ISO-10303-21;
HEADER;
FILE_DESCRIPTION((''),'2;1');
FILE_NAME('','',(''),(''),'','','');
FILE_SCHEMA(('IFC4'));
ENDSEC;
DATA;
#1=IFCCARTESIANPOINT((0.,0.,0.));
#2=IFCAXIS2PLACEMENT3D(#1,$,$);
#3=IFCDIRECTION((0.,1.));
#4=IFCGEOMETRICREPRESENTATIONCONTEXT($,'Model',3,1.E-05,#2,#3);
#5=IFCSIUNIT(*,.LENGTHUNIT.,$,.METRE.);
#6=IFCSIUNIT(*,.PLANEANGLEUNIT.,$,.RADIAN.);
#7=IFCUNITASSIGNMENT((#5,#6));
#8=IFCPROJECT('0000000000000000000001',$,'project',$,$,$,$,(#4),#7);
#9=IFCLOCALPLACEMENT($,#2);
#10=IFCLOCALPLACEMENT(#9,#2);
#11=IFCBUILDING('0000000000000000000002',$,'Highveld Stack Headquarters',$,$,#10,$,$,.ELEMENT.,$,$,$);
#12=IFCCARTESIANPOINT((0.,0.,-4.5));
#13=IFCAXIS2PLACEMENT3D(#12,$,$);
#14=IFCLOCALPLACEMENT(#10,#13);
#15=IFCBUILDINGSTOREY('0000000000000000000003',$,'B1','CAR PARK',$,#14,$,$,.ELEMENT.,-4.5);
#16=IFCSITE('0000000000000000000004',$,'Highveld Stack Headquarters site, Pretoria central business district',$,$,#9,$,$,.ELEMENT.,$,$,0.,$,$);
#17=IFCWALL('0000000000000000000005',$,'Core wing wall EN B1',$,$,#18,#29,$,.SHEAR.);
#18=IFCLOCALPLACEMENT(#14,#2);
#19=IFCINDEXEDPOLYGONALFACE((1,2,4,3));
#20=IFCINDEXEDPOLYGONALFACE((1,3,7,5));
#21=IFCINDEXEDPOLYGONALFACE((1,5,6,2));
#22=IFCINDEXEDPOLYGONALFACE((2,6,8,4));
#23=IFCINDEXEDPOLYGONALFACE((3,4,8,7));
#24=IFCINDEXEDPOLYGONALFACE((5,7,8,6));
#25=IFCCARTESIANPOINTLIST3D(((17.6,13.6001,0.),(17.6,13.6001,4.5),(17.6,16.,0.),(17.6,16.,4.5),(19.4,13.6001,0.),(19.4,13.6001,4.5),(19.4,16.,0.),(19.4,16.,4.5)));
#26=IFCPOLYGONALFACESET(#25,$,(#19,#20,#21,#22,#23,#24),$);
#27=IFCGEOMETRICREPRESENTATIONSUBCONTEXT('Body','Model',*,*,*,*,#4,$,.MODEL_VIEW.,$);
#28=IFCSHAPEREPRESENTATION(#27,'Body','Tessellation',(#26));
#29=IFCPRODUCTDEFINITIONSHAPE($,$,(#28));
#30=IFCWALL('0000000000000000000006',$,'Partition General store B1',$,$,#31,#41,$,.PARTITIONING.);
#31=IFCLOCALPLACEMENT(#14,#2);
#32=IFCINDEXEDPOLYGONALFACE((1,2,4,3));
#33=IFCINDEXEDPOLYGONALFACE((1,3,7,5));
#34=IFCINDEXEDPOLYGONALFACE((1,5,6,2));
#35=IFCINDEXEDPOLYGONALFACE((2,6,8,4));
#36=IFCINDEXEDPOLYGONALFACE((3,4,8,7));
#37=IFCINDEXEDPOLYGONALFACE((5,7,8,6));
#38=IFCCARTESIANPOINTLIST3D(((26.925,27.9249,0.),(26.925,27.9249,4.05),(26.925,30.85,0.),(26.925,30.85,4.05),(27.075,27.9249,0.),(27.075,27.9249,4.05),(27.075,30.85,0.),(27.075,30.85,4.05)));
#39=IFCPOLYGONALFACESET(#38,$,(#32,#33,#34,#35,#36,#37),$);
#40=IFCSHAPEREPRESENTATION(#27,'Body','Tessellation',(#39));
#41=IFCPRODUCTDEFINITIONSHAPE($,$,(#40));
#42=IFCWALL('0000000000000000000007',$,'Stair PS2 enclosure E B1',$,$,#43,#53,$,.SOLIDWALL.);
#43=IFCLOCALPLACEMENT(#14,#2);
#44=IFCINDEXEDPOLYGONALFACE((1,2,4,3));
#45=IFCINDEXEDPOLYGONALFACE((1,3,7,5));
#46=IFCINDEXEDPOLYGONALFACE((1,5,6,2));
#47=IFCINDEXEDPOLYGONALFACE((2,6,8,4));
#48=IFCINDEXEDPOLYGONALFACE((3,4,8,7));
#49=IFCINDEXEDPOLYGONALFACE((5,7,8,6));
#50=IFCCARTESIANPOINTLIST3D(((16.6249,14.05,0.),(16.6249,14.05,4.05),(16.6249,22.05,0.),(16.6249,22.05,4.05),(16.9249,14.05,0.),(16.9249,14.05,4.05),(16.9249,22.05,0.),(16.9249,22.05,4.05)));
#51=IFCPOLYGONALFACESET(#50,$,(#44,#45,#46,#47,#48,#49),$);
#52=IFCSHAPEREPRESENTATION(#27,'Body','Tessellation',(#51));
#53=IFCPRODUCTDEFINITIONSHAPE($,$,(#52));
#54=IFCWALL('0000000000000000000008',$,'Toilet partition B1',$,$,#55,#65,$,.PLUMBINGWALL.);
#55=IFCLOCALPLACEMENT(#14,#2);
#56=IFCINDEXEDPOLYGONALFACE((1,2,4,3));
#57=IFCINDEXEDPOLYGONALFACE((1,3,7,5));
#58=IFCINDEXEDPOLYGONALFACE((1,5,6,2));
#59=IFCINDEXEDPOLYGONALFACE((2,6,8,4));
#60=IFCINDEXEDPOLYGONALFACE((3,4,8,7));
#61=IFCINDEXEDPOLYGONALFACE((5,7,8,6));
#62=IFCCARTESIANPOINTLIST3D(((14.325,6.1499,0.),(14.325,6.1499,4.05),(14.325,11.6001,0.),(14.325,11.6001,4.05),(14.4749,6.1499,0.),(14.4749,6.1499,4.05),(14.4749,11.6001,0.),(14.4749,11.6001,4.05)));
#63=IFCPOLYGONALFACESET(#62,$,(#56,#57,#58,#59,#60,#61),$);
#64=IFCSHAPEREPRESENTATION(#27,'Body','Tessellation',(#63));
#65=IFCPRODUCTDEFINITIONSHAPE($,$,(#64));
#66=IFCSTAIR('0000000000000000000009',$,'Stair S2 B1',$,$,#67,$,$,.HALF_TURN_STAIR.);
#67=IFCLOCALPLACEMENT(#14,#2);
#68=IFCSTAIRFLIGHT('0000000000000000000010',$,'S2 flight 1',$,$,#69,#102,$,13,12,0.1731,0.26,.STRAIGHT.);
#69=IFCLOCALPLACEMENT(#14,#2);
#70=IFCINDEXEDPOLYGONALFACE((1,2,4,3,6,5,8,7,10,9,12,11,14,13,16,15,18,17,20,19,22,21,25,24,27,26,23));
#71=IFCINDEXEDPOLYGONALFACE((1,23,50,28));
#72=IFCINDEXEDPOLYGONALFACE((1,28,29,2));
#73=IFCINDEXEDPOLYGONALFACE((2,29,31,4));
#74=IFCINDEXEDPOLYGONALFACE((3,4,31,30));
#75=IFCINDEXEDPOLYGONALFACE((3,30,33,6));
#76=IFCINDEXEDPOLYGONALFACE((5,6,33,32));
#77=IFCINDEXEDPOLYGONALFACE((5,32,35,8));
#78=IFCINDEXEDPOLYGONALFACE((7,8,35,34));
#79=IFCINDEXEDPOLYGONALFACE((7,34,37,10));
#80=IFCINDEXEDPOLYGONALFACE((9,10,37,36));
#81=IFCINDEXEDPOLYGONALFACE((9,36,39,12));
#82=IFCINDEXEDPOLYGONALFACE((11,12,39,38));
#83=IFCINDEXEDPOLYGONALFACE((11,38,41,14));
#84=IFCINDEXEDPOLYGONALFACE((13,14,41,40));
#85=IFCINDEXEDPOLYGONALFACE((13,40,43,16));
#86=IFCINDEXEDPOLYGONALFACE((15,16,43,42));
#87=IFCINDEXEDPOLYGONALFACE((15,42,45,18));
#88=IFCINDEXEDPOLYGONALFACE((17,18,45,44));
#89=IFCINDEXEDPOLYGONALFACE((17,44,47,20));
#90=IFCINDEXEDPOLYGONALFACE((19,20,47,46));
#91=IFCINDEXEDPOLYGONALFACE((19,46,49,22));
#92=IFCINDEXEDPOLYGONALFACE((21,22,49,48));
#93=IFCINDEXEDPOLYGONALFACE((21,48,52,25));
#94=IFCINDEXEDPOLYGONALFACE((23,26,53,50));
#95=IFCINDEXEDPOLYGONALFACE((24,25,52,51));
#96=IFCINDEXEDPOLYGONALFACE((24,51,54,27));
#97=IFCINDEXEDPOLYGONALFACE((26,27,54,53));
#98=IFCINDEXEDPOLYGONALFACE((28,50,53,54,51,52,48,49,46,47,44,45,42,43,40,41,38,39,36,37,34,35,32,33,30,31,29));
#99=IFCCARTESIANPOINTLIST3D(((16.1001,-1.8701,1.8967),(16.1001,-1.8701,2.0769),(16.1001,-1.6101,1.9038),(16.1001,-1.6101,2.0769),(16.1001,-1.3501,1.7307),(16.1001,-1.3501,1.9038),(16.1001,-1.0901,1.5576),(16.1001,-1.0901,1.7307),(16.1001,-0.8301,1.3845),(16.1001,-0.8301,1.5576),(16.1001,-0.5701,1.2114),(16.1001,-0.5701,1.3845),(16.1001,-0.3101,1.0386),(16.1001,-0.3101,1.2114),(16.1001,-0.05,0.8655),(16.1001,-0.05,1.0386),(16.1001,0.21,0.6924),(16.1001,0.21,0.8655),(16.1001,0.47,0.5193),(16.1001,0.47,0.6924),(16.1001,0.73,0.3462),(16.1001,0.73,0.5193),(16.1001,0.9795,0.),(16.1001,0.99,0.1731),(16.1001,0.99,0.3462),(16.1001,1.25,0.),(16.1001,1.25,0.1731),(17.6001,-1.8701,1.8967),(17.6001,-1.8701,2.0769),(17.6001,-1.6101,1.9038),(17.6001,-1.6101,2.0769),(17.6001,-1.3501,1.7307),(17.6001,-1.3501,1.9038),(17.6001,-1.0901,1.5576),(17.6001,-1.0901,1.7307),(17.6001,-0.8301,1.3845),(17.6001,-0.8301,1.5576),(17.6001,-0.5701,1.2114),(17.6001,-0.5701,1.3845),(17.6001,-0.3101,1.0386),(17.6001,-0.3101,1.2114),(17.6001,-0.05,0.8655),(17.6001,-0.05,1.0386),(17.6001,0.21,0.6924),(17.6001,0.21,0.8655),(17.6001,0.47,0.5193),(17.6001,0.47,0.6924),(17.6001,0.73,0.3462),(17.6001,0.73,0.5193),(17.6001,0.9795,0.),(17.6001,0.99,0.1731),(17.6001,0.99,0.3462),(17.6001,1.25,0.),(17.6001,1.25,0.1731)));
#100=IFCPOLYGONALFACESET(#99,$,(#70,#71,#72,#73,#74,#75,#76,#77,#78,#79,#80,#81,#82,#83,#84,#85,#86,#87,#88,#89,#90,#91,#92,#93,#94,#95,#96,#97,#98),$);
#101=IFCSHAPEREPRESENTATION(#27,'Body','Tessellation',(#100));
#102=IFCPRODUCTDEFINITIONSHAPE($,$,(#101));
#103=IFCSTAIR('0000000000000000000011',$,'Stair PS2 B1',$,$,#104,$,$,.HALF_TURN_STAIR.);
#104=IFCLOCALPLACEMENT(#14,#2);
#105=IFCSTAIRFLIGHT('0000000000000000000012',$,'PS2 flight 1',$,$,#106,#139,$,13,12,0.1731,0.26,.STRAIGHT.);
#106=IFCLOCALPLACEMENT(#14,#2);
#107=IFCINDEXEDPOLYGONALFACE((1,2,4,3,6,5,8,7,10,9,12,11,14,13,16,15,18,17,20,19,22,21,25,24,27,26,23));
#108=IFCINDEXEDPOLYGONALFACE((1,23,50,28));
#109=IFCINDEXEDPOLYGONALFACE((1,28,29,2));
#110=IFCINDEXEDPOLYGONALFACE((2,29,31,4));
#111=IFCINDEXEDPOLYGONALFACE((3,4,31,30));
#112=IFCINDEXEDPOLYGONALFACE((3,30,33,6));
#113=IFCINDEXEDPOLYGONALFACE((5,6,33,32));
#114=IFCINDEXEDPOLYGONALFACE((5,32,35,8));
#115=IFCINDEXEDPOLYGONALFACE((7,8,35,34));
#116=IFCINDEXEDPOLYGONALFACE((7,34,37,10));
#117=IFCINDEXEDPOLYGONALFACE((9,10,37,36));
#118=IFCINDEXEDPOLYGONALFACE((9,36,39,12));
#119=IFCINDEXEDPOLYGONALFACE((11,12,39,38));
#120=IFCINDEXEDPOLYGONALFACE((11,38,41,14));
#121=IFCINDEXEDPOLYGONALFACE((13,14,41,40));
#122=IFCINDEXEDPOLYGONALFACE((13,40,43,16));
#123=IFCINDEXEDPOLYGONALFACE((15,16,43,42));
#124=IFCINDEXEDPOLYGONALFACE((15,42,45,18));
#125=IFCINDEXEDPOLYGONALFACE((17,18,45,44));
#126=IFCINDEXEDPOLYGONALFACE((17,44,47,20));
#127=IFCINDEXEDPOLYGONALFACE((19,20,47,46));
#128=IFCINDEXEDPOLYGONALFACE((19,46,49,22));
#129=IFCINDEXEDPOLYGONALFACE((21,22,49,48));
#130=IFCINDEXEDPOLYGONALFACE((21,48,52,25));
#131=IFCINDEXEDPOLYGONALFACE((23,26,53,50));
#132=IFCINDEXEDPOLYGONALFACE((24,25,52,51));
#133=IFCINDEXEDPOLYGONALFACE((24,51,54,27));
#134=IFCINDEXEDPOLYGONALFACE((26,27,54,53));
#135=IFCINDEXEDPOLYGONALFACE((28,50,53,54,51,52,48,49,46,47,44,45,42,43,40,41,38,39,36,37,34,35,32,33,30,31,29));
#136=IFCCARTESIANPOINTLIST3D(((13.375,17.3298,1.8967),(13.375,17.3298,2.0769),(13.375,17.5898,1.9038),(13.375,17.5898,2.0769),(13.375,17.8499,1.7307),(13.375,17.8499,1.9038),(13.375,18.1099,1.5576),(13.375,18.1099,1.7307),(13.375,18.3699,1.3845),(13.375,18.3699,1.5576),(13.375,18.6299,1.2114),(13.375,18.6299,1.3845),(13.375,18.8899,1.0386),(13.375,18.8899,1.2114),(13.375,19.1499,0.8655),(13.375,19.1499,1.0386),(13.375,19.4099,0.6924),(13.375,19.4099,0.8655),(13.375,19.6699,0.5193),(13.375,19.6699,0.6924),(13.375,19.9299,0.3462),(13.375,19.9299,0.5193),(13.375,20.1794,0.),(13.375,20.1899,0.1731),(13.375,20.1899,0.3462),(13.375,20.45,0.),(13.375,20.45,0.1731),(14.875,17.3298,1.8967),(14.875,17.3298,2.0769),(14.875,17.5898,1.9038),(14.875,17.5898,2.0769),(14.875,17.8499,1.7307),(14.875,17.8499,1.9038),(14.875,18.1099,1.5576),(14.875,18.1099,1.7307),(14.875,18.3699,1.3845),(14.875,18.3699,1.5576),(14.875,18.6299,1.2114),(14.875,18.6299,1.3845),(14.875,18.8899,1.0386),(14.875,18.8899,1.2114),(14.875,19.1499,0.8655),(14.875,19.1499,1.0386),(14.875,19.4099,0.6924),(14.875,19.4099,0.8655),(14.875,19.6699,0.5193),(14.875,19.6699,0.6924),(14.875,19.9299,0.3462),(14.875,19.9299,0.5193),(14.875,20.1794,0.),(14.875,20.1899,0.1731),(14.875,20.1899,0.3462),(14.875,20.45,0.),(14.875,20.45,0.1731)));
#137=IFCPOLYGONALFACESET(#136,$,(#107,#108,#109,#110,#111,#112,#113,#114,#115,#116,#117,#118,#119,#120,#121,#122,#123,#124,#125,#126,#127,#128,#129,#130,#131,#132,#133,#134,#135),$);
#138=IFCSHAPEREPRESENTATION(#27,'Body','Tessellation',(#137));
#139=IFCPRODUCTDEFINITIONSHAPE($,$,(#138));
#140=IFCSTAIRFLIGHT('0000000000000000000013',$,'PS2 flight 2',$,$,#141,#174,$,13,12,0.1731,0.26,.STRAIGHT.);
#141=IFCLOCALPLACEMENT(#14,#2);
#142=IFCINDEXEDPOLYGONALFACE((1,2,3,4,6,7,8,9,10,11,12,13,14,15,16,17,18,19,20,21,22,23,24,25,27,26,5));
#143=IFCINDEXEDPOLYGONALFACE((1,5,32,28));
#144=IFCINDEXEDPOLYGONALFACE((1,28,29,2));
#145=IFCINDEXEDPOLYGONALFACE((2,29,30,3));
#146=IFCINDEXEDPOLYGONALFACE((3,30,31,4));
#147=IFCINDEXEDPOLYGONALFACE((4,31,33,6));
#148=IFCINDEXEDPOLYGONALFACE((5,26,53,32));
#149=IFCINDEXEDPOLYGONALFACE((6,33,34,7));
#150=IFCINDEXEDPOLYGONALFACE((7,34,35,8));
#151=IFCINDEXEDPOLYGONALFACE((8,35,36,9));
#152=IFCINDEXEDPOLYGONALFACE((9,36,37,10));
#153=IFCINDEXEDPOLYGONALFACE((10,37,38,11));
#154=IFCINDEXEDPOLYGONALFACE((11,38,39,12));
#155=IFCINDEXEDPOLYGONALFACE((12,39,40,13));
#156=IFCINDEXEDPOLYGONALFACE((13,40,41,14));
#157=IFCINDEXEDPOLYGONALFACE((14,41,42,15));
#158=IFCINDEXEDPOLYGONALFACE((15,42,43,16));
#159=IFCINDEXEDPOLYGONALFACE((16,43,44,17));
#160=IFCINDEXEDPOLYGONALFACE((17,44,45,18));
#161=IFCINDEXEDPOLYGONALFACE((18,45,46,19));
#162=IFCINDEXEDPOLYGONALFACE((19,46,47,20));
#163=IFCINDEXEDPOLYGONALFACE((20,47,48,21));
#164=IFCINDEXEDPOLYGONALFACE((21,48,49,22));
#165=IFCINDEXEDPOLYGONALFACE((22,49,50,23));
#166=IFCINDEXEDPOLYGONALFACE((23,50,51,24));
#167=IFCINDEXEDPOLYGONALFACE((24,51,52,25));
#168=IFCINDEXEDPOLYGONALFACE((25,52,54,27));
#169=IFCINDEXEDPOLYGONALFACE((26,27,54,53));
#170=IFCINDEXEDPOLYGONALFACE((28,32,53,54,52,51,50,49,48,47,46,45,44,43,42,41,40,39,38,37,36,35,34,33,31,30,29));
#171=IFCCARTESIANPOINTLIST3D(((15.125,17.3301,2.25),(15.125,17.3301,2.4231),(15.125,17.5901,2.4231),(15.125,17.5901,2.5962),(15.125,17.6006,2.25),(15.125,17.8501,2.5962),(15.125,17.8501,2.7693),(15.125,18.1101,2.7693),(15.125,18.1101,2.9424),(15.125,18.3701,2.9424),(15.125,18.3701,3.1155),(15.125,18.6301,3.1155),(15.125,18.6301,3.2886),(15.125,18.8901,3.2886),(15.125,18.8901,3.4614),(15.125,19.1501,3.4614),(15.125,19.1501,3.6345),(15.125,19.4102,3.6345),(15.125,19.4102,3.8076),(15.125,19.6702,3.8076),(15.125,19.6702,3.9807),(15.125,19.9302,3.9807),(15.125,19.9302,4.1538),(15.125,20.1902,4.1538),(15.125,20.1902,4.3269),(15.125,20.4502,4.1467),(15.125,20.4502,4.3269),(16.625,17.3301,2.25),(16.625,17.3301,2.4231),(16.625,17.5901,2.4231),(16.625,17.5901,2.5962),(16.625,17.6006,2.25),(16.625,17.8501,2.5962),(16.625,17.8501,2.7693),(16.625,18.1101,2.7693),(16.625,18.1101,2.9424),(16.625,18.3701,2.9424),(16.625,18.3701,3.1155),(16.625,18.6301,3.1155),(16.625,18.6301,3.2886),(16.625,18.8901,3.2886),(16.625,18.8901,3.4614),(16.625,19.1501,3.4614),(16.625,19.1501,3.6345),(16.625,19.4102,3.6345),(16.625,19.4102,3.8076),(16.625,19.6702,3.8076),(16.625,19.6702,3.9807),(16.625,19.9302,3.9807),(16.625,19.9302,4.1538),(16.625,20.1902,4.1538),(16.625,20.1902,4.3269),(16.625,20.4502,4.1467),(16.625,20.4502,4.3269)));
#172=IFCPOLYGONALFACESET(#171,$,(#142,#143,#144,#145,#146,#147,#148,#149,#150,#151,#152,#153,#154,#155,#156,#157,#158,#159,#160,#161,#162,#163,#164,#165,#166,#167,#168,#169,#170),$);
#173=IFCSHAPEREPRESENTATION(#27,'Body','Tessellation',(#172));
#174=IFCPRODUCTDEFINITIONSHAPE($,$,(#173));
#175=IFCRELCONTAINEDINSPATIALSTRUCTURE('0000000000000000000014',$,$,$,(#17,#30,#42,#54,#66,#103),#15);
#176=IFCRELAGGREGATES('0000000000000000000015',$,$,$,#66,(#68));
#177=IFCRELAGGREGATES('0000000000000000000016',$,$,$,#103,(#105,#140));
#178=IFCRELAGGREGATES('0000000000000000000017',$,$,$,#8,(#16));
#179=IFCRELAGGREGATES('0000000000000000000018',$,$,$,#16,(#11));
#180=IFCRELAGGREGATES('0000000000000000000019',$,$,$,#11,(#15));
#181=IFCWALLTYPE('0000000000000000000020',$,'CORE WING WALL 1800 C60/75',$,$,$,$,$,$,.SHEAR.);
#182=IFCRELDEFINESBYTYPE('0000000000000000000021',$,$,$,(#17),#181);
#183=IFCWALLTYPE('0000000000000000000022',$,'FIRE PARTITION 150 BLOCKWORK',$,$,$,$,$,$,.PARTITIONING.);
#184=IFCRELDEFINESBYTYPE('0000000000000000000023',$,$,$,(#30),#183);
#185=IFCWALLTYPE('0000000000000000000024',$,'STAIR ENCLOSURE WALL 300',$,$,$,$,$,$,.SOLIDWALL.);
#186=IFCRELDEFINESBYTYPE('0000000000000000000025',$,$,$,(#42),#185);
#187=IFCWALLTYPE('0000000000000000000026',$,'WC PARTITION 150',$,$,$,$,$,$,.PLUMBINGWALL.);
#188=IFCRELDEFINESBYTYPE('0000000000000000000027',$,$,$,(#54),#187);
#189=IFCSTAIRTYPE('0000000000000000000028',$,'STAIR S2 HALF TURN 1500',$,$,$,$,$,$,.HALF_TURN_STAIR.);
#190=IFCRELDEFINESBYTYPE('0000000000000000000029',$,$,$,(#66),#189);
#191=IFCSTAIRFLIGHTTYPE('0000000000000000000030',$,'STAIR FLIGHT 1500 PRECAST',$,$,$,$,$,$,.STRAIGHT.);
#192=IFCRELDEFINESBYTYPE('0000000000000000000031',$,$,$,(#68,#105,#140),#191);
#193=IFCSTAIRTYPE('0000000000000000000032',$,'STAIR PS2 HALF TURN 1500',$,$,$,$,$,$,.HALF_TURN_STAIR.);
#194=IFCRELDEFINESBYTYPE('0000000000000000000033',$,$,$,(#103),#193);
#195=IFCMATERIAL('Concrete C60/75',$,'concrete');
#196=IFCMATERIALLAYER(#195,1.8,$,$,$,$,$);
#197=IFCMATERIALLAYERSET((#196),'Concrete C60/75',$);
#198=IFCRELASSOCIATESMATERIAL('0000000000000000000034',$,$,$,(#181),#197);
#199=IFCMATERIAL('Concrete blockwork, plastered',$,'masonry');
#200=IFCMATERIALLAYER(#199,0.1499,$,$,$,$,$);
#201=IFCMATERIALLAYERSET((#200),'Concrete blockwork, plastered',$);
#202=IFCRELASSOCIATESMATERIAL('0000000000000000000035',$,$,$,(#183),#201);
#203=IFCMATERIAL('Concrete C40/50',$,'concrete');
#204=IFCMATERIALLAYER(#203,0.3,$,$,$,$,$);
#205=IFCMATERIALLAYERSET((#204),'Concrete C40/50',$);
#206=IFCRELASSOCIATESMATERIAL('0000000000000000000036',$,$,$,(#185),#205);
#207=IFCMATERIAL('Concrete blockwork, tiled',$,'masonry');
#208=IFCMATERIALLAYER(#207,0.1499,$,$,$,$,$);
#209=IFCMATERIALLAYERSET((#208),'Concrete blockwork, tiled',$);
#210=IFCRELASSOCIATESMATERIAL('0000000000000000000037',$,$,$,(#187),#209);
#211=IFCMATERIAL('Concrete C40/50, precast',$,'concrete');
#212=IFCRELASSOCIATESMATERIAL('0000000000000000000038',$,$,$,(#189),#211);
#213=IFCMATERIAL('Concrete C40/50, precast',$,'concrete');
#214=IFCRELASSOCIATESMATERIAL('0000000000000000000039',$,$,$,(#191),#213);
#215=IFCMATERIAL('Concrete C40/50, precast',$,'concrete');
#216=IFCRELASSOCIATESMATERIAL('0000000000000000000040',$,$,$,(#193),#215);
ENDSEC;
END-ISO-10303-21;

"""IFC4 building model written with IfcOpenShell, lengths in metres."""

from ifc_helpers import new_model, si_unit, direction, frame, frame_2d, origin, place, context, subcontext, project, spatial, polyline, rectangle, outline, extrude, material, layer, layer_set, type_object, element, aggregate, save


model = new_model("IFC4")

# Units and contexts
model_context = context("Model", 3, precision=1e-05, world=origin(), true_north=direction((0.0, 1.0)))
body_context = subcontext(model_context, "Body", "Model", "MODEL_VIEW")
ifc_project = project(units=[si_unit("LENGTHUNIT", "METRE"), si_unit("PLANEANGLEUNIT", "RADIAN")], contexts=[model_context])

# Site, building, storey
site_placement = place(None, origin())
site = spatial("IfcSite", under=ifc_project, at=site_placement, Name="Highveld Stack Headquarters site, Pretoria central business district", CompositionType="ELEMENT", RefElevation=0.0)
building_placement = place(site_placement, origin())
building = spatial("IfcBuilding", under=site, at=building_placement, Name="Highveld Stack Headquarters", CompositionType="ELEMENT")
storey_placement = place(building_placement, frame((0.0, 0.0, -4.5)))
storey = spatial("IfcBuildingStorey", under=building, at=storey_placement, Name="B1", Description="CAR PARK", CompositionType="ELEMENT", Elevation=-4.5)

# Walls
ifc_material_1 = material(Name="Concrete C60/75", Category="concrete")
ifc_layer_1 = layer(ifc_material_1, 1.8)
ifc_layer_set_1 = layer_set([ifc_layer_1], Name="Concrete C60/75")
wall_type_1 = type_object("IfcWallType", Name="CORE WING WALL 1800 C60/75", PredefinedType="SHEAR", material=ifc_layer_set_1)
wall_1_placement = place(storey_placement, frame((18.5, 13.6001, 0.0), z_axis=(0.0, 0.0, 1.0), x_axis=(0.0, 1.0, 0.0)))
element("IfcWall", 1, at=wall_1_placement, inside=storey, type_object=wall_type_1, Name="Core wing wall EN B1", PredefinedType="SHEAR", context=body_context, shape_type="SweptSolid", body=[
    extrude(rectangle(XDim=2.3999, YDim=1.8, at=frame_2d((1.2, 0.0))), origin(), (0.0, 0.0, 1.0), 4.5),
])
ifc_material_2 = material(Name="Concrete blockwork, plastered", Category="masonry")
ifc_layer_2 = layer(ifc_material_2, 0.1499)
ifc_layer_set_2 = layer_set([ifc_layer_2], Name="Concrete blockwork, plastered")
wall_type_2 = type_object("IfcWallType", Name="FIRE PARTITION 150 BLOCKWORK", PredefinedType="PARTITIONING", material=ifc_layer_set_2)
wall_2_placement = place(storey_placement, frame((27.0, 27.925, 0.0), z_axis=(0.0, 0.0, 1.0), x_axis=(0.0, 1.0, 0.0)))
element("IfcWall", 2, at=wall_2_placement, inside=storey, type_object=wall_type_2, Name="Partition General store B1", PredefinedType="PARTITIONING", context=body_context, shape_type="SweptSolid", body=[
    extrude(rectangle(XDim=2.925, YDim=0.1499, at=frame_2d((1.4624, 0.0))), origin(), (0.0, 0.0, 1.0), 4.05),
])
ifc_material_3 = material(Name="Concrete C40/50", Category="concrete")
ifc_layer_3 = layer(ifc_material_3, 0.3)
ifc_layer_set_3 = layer_set([ifc_layer_3], Name="Concrete C40/50")
wall_type_3 = type_object("IfcWallType", Name="STAIR ENCLOSURE WALL 300", PredefinedType="SOLIDWALL", material=ifc_layer_set_3)
wall_3_placement = place(storey_placement, frame((16.7749, 14.05, 0.0), z_axis=(0.0, 0.0, 1.0), x_axis=(0.0, 1.0, 0.0)))
element("IfcWall", 3, at=wall_3_placement, inside=storey, type_object=wall_type_3, Name="Stair PS2 enclosure E B1", PredefinedType="SOLIDWALL", context=body_context, shape_type="SweptSolid", body=[
    extrude(rectangle(XDim=8.0, YDim=0.3, at=frame_2d((4.0, 0.0))), origin(), (0.0, 0.0, 1.0), 4.05),
])
ifc_material_4 = material(Name="Concrete blockwork, tiled", Category="masonry")
ifc_layer_4 = layer(ifc_material_4, 0.1499)
ifc_layer_set_4 = layer_set([ifc_layer_4], Name="Concrete blockwork, tiled")
wall_type_4 = type_object("IfcWallType", Name="WC PARTITION 150", PredefinedType="PLUMBINGWALL", material=ifc_layer_set_4)
wall_4_placement = place(storey_placement, frame((14.3999, 6.1499, 0.0), z_axis=(0.0, 0.0, 1.0), x_axis=(0.0, 1.0, 0.0)))
element("IfcWall", 4, at=wall_4_placement, inside=storey, type_object=wall_type_4, Name="Toilet partition B1", PredefinedType="PLUMBINGWALL", context=body_context, shape_type="SweptSolid", body=[
    extrude(rectangle(XDim=5.4502, YDim=0.1499, at=frame_2d((2.7251, 0.0))), origin(), (0.0, 0.0, 1.0), 4.05),
])

# Stair, stair flight
ifc_material_5 = material(Name="Concrete C40/50, precast", Category="concrete")
stair_type_1 = type_object("IfcStairType", Name="STAIR S2 HALF TURN 1500", PredefinedType="HALF_TURN_STAIR", material=ifc_material_5)
stair_1_placement = place(storey_placement, origin())
stair_1 = element("IfcStair", 5, at=stair_1_placement, inside=storey, type_object=stair_type_1, Name="Stair S2 B1", PredefinedType="HALF_TURN_STAIR")
ifc_material_6 = material(Name="Concrete C40/50, precast", Category="concrete")
stair_flight_type = type_object("IfcStairFlightType", Name="STAIR FLIGHT 1500 PRECAST", PredefinedType="STRAIGHT", material=ifc_material_6)
stair_flight_1_placement = place(storey_placement, frame((16.8501, 1.25, 0.0), z_axis=(0.0, 0.0, 1.0), x_axis=(0.0, -1.0, 0.0)))
stair_flight_1 = element("IfcStairFlight", 6, at=stair_flight_1_placement, type_object=stair_flight_type, Name="S2 flight 1", NumberOfRisers=13, NumberOfTreads=12, PredefinedType="STRAIGHT", RiserHeight=0.1731, TreadLength=0.26, context=body_context, shape_type="SweptSolid", body=[
    extrude(outline(polyline([(0.0, 0.0), (0.0, 0.1731), (0.26, 0.1731), (0.26, 0.3462), (0.52, 0.3462), (0.52, 0.5193), (0.78, 0.5193), (0.78, 0.6924), (1.04, 0.6924), (1.04, 0.8655), (1.3, 0.8655), (1.3, 1.0386), (1.5601, 1.0386), (1.5601, 1.2114), (1.8201, 1.2114), (1.8201, 1.3845), (2.0801, 1.3845), (2.0801, 1.5576), (2.3401, 1.5576), (2.3401, 1.7307), (2.6001, 1.7307), (2.6001, 1.9038), (2.8601, 1.9038), (2.8601, 2.0769), (3.1201, 2.0769), (3.1201, 2.25), (3.1201, 1.8967), (0.2705, 0.0), (0.0, 0.0)])), frame((0.0, 0.75, 0.0), z_axis=(0.0, -1.0, 0.0), x_axis=(1.0, 0.0, 0.0)), (0.0, 0.0, 1.0), 1.5),
])
aggregate(stair_1, [stair_flight_1])

# Stair, stair flights
ifc_material_7 = material(Name="Concrete C40/50, precast", Category="concrete")
stair_type_2 = type_object("IfcStairType", Name="STAIR PS2 HALF TURN 1500", PredefinedType="HALF_TURN_STAIR", material=ifc_material_7)
stair_2_placement = place(storey_placement, origin())
stair_2 = element("IfcStair", 7, at=stair_2_placement, inside=storey, type_object=stair_type_2, Name="Stair PS2 B1", PredefinedType="HALF_TURN_STAIR")
stair_flight_2_placement = place(storey_placement, frame((14.125, 20.45, 0.0), z_axis=(0.0, 0.0, 1.0), x_axis=(0.0, -1.0, 0.0)))
stair_flight_2 = element("IfcStairFlight", 8, at=stair_flight_2_placement, type_object=stair_flight_type, Name="PS2 flight 1", NumberOfRisers=13, NumberOfTreads=12, PredefinedType="STRAIGHT", RiserHeight=0.1731, TreadLength=0.26, context=body_context, shape_type="SweptSolid", body=[
    extrude(outline(polyline([(0.0, 0.0), (0.0, 0.1731), (0.26, 0.1731), (0.26, 0.3462), (0.52, 0.3462), (0.52, 0.5193), (0.78, 0.5193), (0.78, 0.6924), (1.04, 0.6924), (1.04, 0.8655), (1.3, 0.8655), (1.3, 1.0386), (1.5601, 1.0386), (1.5601, 1.2114), (1.8201, 1.2114), (1.8201, 1.3845), (2.0801, 1.3845), (2.0801, 1.5576), (2.3401, 1.5576), (2.3401, 1.7307), (2.6001, 1.7307), (2.6001, 1.9038), (2.8601, 1.9038), (2.8601, 2.0769), (3.1201, 2.0769), (3.1201, 2.25), (3.1201, 1.8967), (0.2705, 0.0), (0.0, 0.0)])), frame((0.0, 0.75, 0.0), z_axis=(0.0, -1.0, 0.0), x_axis=(1.0, 0.0, 0.0)), (0.0, 0.0, 1.0), 1.5),
])
stair_flight_3_placement = place(storey_placement, frame((15.875, 17.3301, 2.25), z_axis=(0.0, 0.0, 1.0), x_axis=(0.0, 1.0, 0.0)))
stair_flight_3 = element("IfcStairFlight", 9, at=stair_flight_3_placement, type_object=stair_flight_type, Name="PS2 flight 2", NumberOfRisers=13, NumberOfTreads=12, PredefinedType="STRAIGHT", RiserHeight=0.1731, TreadLength=0.26, context=body_context, shape_type="SweptSolid", body=[
    extrude(outline(polyline([(0.0, 0.0), (0.0, 0.1731), (0.26, 0.1731), (0.26, 0.3462), (0.52, 0.3462), (0.52, 0.5193), (0.78, 0.5193), (0.78, 0.6924), (1.04, 0.6924), (1.04, 0.8655), (1.3, 0.8655), (1.3, 1.0386), (1.5601, 1.0386), (1.5601, 1.2114), (1.8201, 1.2114), (1.8201, 1.3845), (2.0801, 1.3845), (2.0801, 1.5576), (2.3401, 1.5576), (2.3401, 1.7307), (2.6001, 1.7307), (2.6001, 1.9038), (2.8601, 1.9038), (2.8601, 2.0769), (3.1201, 2.0769), (3.1201, 2.25), (3.1201, 1.8967), (0.2705, 0.0), (0.0, 0.0)])), frame((0.0, 0.75, 0.0), z_axis=(0.0, -1.0, 0.0), x_axis=(1.0, 0.0, 0.0)), (0.0, 0.0, 1.0), 1.5),
])
aggregate(stair_2, [stair_flight_2, stair_flight_3])

save(model, "model.ifc")
